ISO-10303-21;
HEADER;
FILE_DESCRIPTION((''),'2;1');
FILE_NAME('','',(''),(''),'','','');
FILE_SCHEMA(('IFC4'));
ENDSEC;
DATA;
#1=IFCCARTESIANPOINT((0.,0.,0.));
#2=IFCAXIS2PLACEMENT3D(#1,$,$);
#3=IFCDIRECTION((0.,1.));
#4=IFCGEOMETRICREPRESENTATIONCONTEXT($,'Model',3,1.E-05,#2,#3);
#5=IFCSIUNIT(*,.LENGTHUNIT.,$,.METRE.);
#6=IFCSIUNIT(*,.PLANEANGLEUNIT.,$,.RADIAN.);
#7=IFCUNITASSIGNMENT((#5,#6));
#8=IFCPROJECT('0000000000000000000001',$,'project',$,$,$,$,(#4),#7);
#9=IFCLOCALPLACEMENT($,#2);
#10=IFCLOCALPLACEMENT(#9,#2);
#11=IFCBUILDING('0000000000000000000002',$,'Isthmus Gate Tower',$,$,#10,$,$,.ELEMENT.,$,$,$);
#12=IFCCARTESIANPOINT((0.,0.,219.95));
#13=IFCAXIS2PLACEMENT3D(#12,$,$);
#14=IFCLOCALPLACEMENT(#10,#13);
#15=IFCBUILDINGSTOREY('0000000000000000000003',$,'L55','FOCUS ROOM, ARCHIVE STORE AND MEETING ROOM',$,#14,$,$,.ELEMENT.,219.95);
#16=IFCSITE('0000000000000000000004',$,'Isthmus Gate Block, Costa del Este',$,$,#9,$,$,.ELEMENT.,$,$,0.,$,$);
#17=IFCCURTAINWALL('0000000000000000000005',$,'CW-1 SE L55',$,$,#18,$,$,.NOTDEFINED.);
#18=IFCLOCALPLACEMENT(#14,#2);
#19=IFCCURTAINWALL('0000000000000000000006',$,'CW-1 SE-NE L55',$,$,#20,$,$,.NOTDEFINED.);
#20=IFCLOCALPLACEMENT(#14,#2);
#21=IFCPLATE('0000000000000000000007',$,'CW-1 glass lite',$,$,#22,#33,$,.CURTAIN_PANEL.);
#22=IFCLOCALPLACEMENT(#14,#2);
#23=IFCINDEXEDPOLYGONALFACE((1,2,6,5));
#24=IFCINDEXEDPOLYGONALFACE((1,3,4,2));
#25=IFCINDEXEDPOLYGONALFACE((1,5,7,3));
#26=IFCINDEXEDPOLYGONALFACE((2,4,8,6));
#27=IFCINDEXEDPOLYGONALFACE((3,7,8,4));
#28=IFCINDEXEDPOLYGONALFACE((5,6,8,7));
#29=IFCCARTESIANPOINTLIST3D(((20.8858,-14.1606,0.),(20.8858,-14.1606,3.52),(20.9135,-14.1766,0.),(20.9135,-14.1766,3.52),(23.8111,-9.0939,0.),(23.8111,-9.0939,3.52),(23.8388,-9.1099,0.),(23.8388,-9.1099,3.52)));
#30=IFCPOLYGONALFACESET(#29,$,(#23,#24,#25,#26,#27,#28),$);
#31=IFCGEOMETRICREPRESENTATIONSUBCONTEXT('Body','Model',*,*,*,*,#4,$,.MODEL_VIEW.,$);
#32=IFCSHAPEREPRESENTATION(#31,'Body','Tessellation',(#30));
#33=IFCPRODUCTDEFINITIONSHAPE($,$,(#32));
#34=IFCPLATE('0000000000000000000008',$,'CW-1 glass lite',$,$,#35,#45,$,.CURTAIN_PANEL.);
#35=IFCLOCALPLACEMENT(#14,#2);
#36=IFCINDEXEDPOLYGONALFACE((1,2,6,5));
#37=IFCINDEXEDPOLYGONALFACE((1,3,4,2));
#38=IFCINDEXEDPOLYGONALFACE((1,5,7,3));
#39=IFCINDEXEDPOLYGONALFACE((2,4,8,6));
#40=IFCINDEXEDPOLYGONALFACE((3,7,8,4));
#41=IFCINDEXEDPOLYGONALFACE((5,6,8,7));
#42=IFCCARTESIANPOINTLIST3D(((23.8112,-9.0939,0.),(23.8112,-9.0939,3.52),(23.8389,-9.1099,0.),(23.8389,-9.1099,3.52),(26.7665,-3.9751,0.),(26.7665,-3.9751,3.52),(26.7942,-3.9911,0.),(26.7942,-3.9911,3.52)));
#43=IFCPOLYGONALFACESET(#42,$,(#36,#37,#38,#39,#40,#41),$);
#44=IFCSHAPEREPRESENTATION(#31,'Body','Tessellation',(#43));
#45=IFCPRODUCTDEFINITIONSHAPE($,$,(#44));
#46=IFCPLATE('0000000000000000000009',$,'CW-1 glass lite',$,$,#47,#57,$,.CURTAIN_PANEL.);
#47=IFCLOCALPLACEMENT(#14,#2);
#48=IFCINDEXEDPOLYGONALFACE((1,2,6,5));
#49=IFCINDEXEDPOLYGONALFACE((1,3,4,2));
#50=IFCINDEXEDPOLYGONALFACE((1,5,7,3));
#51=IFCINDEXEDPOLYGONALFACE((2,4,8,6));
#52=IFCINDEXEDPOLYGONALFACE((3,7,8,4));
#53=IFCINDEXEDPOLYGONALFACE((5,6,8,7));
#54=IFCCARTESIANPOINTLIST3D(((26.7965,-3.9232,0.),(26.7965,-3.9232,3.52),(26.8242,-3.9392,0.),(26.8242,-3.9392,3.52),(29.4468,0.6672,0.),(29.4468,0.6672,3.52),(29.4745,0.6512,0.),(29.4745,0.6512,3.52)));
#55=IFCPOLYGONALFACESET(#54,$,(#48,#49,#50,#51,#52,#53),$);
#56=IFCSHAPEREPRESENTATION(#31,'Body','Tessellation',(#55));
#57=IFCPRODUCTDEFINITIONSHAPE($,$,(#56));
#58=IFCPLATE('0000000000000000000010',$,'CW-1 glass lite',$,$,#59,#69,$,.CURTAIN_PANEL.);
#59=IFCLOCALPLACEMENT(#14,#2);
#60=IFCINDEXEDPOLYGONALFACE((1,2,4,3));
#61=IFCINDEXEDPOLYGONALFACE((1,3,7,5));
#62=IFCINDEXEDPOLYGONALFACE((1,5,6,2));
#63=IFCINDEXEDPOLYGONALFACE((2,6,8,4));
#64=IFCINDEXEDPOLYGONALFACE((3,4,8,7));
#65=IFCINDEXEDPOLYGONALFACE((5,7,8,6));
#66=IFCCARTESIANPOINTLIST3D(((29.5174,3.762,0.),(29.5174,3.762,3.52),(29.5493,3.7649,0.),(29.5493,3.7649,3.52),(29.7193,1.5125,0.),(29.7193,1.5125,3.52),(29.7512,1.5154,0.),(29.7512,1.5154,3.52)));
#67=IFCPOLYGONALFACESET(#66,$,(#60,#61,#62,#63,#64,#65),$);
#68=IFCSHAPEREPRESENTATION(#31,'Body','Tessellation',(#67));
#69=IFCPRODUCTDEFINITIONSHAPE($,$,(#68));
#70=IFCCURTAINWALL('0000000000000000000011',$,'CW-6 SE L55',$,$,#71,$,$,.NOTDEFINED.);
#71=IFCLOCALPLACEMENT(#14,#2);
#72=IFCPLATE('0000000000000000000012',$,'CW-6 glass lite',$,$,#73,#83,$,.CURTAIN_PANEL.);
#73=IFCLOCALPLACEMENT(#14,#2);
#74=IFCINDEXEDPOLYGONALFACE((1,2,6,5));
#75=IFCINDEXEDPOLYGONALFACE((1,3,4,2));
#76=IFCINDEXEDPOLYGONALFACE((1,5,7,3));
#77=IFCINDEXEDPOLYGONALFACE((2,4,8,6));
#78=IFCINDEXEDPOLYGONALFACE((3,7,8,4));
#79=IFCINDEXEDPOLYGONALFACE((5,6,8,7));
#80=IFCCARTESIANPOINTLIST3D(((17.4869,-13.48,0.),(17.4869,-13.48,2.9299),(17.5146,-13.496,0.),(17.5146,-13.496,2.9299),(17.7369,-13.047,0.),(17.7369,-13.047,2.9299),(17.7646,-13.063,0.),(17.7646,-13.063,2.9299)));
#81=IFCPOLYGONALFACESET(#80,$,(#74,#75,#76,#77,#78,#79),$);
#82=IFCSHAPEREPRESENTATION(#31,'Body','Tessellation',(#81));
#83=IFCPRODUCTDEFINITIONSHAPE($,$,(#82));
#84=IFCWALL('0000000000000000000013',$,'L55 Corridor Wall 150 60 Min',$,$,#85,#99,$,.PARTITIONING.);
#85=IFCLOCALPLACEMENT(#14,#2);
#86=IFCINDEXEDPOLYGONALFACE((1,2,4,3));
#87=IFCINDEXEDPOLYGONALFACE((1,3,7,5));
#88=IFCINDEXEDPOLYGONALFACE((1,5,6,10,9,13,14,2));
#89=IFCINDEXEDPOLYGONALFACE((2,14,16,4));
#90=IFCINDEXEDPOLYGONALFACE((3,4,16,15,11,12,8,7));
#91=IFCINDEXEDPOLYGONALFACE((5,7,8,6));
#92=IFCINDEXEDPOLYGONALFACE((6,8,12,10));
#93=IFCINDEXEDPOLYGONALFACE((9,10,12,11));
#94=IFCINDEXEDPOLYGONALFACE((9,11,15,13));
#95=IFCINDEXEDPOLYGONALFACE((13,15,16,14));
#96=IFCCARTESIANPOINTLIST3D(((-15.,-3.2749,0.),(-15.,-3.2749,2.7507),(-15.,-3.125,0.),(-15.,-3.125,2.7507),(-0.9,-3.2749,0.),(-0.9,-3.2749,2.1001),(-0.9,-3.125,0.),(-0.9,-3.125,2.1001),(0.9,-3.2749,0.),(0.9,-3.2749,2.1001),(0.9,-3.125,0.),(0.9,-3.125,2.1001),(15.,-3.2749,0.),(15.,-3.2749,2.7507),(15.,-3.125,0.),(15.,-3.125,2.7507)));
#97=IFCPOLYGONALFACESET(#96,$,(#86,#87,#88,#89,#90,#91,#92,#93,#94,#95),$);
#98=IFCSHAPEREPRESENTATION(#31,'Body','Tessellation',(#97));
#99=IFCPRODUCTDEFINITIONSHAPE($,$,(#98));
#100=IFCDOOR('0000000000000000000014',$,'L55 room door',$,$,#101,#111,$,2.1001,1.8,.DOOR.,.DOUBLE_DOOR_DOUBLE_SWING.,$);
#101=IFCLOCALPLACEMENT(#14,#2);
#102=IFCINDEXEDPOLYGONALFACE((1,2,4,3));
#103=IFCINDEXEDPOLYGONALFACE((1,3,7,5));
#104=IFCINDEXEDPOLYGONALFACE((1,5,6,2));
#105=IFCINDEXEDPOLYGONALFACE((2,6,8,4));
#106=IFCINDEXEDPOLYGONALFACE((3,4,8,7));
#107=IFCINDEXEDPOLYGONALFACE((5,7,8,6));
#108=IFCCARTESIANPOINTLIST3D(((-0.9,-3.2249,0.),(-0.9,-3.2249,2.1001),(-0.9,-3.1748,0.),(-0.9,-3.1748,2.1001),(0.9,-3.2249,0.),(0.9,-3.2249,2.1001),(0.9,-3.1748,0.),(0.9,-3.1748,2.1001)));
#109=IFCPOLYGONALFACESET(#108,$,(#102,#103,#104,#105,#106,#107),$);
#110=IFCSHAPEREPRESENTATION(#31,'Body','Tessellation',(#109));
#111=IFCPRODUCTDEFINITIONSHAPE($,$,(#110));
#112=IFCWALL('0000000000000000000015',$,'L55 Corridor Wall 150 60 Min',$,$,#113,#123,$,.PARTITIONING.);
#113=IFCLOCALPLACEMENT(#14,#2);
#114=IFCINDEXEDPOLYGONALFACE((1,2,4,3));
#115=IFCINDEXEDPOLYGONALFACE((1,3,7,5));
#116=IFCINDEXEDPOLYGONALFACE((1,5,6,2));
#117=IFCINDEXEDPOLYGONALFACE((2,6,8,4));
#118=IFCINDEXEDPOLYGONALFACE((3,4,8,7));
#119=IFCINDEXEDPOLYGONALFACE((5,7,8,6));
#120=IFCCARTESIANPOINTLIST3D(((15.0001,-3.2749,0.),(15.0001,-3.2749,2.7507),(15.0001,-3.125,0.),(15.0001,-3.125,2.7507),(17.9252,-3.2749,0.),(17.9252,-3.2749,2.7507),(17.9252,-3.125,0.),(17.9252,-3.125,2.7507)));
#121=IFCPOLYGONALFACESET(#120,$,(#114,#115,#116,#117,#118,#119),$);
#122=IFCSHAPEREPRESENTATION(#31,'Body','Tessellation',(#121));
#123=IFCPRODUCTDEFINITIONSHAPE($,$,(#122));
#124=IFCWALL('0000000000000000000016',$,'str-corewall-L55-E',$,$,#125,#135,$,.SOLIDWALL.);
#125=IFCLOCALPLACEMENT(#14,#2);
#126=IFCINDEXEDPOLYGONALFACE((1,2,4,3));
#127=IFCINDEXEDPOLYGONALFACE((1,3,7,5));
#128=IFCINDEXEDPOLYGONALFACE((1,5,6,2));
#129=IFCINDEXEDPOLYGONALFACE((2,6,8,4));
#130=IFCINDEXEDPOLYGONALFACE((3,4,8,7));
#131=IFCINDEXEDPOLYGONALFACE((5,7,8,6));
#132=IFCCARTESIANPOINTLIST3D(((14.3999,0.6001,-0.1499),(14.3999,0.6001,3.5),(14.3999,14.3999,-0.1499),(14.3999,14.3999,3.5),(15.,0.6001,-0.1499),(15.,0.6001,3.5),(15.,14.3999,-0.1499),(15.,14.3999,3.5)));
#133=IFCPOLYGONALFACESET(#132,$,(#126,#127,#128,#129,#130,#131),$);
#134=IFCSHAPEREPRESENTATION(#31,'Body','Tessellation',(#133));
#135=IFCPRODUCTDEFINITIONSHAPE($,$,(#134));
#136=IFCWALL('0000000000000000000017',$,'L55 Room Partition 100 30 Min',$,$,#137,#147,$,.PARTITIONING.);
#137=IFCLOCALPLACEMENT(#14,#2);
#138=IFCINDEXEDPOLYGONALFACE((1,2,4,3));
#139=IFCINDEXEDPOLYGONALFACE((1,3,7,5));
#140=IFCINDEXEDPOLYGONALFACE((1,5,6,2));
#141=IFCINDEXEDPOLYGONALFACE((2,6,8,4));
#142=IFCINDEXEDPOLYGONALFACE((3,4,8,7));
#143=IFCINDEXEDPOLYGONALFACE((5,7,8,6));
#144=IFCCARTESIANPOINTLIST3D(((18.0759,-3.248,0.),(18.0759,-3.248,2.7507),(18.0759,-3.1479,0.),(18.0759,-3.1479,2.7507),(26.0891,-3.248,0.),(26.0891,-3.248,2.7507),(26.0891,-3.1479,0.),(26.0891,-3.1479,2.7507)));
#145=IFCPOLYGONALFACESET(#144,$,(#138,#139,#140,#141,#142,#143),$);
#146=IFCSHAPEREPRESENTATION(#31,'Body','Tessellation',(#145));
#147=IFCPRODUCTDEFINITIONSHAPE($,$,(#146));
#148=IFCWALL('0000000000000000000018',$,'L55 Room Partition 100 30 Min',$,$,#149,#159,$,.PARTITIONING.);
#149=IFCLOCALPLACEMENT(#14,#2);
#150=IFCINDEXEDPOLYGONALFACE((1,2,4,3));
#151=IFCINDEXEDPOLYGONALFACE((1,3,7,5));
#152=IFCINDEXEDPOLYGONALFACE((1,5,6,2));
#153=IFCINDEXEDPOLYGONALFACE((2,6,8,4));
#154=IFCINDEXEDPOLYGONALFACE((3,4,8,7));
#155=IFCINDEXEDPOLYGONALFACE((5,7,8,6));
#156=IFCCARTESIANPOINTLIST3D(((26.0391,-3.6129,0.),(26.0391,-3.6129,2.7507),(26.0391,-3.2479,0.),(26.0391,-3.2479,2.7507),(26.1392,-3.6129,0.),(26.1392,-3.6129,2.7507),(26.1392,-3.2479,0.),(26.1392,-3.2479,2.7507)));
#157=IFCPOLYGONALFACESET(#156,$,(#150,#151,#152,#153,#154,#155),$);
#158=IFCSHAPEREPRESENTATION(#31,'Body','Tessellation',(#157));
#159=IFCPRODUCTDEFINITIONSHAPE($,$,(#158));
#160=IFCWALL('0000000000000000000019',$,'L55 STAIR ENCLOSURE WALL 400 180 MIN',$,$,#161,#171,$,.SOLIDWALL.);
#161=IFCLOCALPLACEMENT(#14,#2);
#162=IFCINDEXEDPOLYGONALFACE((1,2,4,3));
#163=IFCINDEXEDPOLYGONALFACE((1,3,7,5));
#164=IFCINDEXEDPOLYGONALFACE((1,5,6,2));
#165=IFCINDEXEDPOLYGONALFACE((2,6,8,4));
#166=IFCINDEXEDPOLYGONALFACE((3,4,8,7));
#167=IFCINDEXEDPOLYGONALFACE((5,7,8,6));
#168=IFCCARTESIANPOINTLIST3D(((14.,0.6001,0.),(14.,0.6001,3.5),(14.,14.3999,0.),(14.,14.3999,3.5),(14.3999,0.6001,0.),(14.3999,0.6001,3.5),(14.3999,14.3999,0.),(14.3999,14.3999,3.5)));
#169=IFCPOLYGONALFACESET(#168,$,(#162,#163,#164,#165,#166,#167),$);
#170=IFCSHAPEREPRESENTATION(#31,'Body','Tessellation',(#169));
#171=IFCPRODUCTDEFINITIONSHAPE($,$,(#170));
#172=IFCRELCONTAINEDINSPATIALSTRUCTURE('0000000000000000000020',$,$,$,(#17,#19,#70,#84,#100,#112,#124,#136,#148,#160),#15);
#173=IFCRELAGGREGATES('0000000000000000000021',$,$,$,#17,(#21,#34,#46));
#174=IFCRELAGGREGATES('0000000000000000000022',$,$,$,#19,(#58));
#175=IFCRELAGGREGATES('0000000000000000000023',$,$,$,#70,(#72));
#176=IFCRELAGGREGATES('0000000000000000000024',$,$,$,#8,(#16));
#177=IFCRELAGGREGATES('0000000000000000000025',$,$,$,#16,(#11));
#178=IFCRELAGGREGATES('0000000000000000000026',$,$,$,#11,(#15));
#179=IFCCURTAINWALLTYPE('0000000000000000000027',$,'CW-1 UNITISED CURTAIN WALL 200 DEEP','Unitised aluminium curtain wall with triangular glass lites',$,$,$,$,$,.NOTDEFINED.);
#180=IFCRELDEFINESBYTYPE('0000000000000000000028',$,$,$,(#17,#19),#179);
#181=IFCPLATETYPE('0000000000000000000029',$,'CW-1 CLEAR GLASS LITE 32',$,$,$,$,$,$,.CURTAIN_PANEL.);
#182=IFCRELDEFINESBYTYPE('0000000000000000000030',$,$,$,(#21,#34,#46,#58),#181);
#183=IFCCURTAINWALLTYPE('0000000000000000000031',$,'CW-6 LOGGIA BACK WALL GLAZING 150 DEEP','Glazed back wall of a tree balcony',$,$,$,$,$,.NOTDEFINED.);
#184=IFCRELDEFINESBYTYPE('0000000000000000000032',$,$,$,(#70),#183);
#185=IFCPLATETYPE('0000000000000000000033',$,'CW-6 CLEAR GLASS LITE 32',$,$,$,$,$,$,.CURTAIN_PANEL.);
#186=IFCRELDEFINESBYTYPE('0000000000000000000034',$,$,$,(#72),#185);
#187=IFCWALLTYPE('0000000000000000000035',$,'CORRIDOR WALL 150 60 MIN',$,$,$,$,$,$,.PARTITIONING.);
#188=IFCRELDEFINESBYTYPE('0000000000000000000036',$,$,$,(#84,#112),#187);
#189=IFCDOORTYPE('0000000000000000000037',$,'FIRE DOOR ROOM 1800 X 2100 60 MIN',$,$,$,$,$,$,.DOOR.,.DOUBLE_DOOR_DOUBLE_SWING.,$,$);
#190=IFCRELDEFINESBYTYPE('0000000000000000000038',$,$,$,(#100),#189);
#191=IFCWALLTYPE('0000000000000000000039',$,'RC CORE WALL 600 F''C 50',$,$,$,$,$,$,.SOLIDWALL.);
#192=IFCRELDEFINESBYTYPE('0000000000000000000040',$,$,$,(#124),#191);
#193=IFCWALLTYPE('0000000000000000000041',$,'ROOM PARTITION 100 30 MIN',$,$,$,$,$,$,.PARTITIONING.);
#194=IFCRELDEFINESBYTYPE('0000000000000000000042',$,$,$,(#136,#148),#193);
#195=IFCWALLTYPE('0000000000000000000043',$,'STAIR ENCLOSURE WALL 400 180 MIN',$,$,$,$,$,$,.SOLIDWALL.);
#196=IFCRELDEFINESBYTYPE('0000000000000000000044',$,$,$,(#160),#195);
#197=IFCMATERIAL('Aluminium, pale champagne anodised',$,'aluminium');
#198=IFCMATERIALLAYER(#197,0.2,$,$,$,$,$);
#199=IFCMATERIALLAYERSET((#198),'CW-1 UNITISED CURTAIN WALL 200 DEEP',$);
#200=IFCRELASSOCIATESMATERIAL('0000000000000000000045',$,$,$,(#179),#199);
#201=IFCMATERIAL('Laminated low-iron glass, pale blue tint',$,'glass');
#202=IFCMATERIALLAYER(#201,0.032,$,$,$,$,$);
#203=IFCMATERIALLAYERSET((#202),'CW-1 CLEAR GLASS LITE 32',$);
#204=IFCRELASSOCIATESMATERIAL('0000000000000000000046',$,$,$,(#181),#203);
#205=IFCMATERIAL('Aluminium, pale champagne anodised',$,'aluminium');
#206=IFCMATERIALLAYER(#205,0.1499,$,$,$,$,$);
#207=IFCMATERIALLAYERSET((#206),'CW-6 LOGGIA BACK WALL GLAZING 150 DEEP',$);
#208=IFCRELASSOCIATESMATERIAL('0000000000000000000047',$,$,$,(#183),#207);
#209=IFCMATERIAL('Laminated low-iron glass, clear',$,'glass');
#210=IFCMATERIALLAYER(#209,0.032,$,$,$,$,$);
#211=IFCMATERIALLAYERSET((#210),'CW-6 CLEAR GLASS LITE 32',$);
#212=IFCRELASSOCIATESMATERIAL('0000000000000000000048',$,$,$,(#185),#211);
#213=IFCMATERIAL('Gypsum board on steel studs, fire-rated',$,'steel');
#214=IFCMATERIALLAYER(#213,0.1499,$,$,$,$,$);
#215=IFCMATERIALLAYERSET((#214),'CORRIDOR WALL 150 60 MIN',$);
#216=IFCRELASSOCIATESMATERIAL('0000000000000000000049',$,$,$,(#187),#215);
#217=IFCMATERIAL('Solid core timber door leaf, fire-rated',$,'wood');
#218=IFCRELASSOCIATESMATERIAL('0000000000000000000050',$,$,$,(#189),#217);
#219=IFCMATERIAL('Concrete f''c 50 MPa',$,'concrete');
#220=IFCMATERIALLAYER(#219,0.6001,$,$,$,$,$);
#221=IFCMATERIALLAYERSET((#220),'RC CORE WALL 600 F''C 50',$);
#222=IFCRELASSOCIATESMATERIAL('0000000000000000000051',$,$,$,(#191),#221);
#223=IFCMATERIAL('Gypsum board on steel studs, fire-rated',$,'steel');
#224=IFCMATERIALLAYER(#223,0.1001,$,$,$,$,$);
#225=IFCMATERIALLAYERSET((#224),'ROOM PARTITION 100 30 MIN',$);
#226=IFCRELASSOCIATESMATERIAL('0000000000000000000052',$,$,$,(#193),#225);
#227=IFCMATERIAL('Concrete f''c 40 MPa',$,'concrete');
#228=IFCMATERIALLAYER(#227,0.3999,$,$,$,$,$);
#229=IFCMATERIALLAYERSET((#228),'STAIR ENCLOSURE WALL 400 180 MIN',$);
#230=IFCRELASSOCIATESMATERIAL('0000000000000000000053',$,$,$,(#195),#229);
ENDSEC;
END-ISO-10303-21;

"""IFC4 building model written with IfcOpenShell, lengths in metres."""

from ifc_helpers import new_model, si_unit, direction, frame, frame_2d, origin, origin_2d, place, context, subcontext, project, spatial, rectangle, extrude, material, layer, layer_set, type_object, element, fill, aggregate, save


model = new_model("IFC4")

# Units and contexts
model_context = context("Model", 3, precision=1e-05, world=origin(), true_north=direction((0.0, 1.0)))
body_context = subcontext(model_context, "Body", "Model", "MODEL_VIEW")
ifc_project = project(units=[si_unit("LENGTHUNIT", "METRE"), si_unit("PLANEANGLEUNIT", "RADIAN")], contexts=[model_context])

# Site, building, storey
site_placement = place(None, origin())
site = spatial("IfcSite", under=ifc_project, at=site_placement, Name="Isthmus Gate Block, Costa del Este", CompositionType="ELEMENT", RefElevation=0.0)
building_placement = place(site_placement, origin())
building = spatial("IfcBuilding", under=site, at=building_placement, Name="Isthmus Gate Tower", CompositionType="ELEMENT")
storey_placement = place(building_placement, frame((0.0, 0.0, 219.95)))
storey = spatial("IfcBuildingStorey", under=building, at=storey_placement, Name="L55", Description="FOCUS ROOM, ARCHIVE STORE AND MEETING ROOM", CompositionType="ELEMENT", Elevation=219.95)

# Curtain walls
ifc_material_1 = material(Name="Aluminium, pale champagne anodised", Category="aluminium")
ifc_layer_1 = layer(ifc_material_1, 0.2)
ifc_layer_set_1 = layer_set([ifc_layer_1], Name="CW-1 UNITISED CURTAIN WALL 200 DEEP")
curtain_wall_type_1 = type_object("IfcCurtainWallType", Name="CW-1 UNITISED CURTAIN WALL 200 DEEP", Description="Unitised aluminium curtain wall with triangular glass lites", PredefinedType="NOTDEFINED", material=ifc_layer_set_1)
curtain_wall_1_placement = place(storey_placement, origin())
curtain_wall_1 = element("IfcCurtainWall", 1, at=curtain_wall_1_placement, inside=storey, type_object=curtain_wall_type_1, Name="CW-1 SE L55", PredefinedType="NOTDEFINED")
curtain_wall_2_placement = place(storey_placement, origin())
curtain_wall_2 = element("IfcCurtainWall", 2, at=curtain_wall_2_placement, inside=storey, type_object=curtain_wall_type_1, Name="CW-1 SE-NE L55", PredefinedType="NOTDEFINED")

# Plates
ifc_material_2 = material(Name="Laminated low-iron glass, pale blue tint", Category="glass")
ifc_layer_2 = layer(ifc_material_2, 0.032)
ifc_layer_set_2 = layer_set([ifc_layer_2], Name="CW-1 CLEAR GLASS LITE 32")
plate_type_1 = type_object("IfcPlateType", Name="CW-1 CLEAR GLASS LITE 32", PredefinedType="CURTAIN_PANEL", material=ifc_layer_set_2)
plate_1_placement = place(storey_placement, frame((22.3623, -11.6353, 0.0), z_axis=(0.0, 0.0, 1.0), x_axis=(0.5, 0.866025, 0.0)))
plate_1 = element("IfcPlate", 3, at=plate_1_placement, type_object=plate_type_1, Name="CW-1 glass lite", PredefinedType="CURTAIN_PANEL", context=body_context, shape_type="SweptSolid", body=[
    extrude(rectangle(XDim=5.8506, YDim=0.032, at=origin_2d()), origin(), (0.0, 0.0, 1.0), 3.52),
])
plate_2_placement = place(storey_placement, frame((25.3027, -6.5425, 0.0), z_axis=(0.0, 0.0, 1.0), x_axis=(0.5, 0.866025, 0.0)))
plate_2 = element("IfcPlate", 4, at=plate_2_placement, type_object=plate_type_1, Name="CW-1 glass lite", PredefinedType="CURTAIN_PANEL", context=body_context, shape_type="SweptSolid", body=[
    extrude(rectangle(XDim=5.9106, YDim=0.032, at=origin_2d()), origin(), (0.0, 0.0, 1.0), 3.52),
])
plate_3_placement = place(storey_placement, frame((28.1355, -1.636, 0.0), z_axis=(0.0, 0.0, 1.0), x_axis=(0.5, 0.866025, 0.0)))
plate_3 = element("IfcPlate", 5, at=plate_3_placement, type_object=plate_type_1, Name="CW-1 glass lite", PredefinedType="CURTAIN_PANEL", context=body_context, shape_type="SweptSolid", body=[
    extrude(rectangle(XDim=5.3005, YDim=0.032, at=origin_2d()), origin(), (0.0, 0.0, 1.0), 3.52),
])
aggregate(curtain_wall_1, [plate_1, plate_2, plate_3])
plate_4_placement = place(storey_placement, frame((29.6343, 2.6387, 0.0), z_axis=(0.0, 0.0, 1.0), x_axis=(-0.089397, 0.995996, 0.0)))
plate_4 = element("IfcPlate", 6, at=plate_4_placement, type_object=plate_type_1, Name="CW-1 glass lite", PredefinedType="CURTAIN_PANEL", context=body_context, shape_type="SweptSolid", body=[
    extrude(rectangle(XDim=2.2585, YDim=0.032, at=origin_2d()), origin(), (0.0, 0.0, 1.0), 3.52),
])
aggregate(curtain_wall_2, [plate_4])

# Curtain wall, plate
ifc_material_3 = material(Name="Aluminium, pale champagne anodised", Category="aluminium")
ifc_layer_3 = layer(ifc_material_3, 0.1499)
ifc_layer_set_3 = layer_set([ifc_layer_3], Name="CW-6 LOGGIA BACK WALL GLAZING 150 DEEP")
curtain_wall_type_2 = type_object("IfcCurtainWallType", Name="CW-6 LOGGIA BACK WALL GLAZING 150 DEEP", Description="Glazed back wall of a tree balcony", PredefinedType="NOTDEFINED", material=ifc_layer_set_3)
curtain_wall_3_placement = place(storey_placement, origin())
curtain_wall_3 = element("IfcCurtainWall", 7, at=curtain_wall_3_placement, inside=storey, type_object=curtain_wall_type_2, Name="CW-6 SE L55", PredefinedType="NOTDEFINED")
ifc_material_4 = material(Name="Laminated low-iron glass, clear", Category="glass")
ifc_layer_4 = layer(ifc_material_4, 0.032)
ifc_layer_set_4 = layer_set([ifc_layer_4], Name="CW-6 CLEAR GLASS LITE 32")
plate_type_2 = type_object("IfcPlateType", Name="CW-6 CLEAR GLASS LITE 32", PredefinedType="CURTAIN_PANEL", material=ifc_layer_set_4)
plate_5_placement = place(storey_placement, frame((17.6257, -13.2715, 0.0), z_axis=(0.0, 0.0, 1.0), x_axis=(0.5, 0.866025, 0.0)))
plate_5 = element("IfcPlate", 8, at=plate_5_placement, type_object=plate_type_2, Name="CW-6 glass lite", PredefinedType="CURTAIN_PANEL", context=body_context, shape_type="SweptSolid", body=[
    extrude(rectangle(XDim=0.5, YDim=0.032, at=origin_2d()), origin(), (0.0, 0.0, 1.0), 2.9299),
])
aggregate(curtain_wall_3, [plate_5])

# Wall, opening, door
ifc_material_5 = material(Name="Gypsum board on steel studs, fire-rated", Category="steel")
ifc_layer_5 = layer(ifc_material_5, 0.1499)
ifc_layer_set_5 = layer_set([ifc_layer_5], Name="CORRIDOR WALL 150 60 MIN")
wall_type_1 = type_object("IfcWallType", Name="CORRIDOR WALL 150 60 MIN", PredefinedType="PARTITIONING", material=ifc_layer_set_5)
wall_1_placement = place(storey_placement, frame((15.0, -3.2, 0.0), z_axis=(0.0, 0.0, 1.0), x_axis=(-1.0, 0.0, 0.0)))
wall_1 = element("IfcWall", 9, at=wall_1_placement, inside=storey, type_object=wall_type_1, Name="L55 Corridor Wall 150 60 Min", PredefinedType="PARTITIONING", context=body_context, shape_type="SweptSolid", body=[
    extrude(rectangle(XDim=30.0, YDim=0.1499, at=frame_2d((15.0, 0.0))), origin(), (0.0, 0.0, 1.0), 2.7507),
])
opening_placement = place(wall_1_placement, frame((14.1001, 0.0, 0.0)))
opening = element("IfcOpeningElement", 10, at=opening_placement, cuts=wall_1, PredefinedType="OPENING", context=body_context, shape_type="SweptSolid", body=[
    extrude(rectangle(XDim=1.8, YDim=2.1001, at=frame_2d((0.8999, 1.05))), frame((0.0, 0.085, 0.0), z_axis=(0.0, -1.0, 0.0), x_axis=(1.0, 0.0, 0.0)), (0.0, 0.0, 1.0), 0.1699),
])
ifc_material_6 = material(Name="Solid core timber door leaf, fire-rated", Category="wood")
door_type = type_object("IfcDoorType", Name="FIRE DOOR ROOM 1800 X 2100 60 MIN", OperationType="DOUBLE_DOOR_DOUBLE_SWING", PredefinedType="DOOR", material=ifc_material_6)
door_placement = place(opening_placement, origin())
door = element("IfcDoor", 11, at=door_placement, inside=storey, type_object=door_type, Name="L55 room door", OperationType="DOUBLE_DOOR_DOUBLE_SWING", OverallHeight=2.1001, OverallWidth=1.8, PredefinedType="DOOR", context=body_context, shape_type="SweptSolid", body=[
    extrude(rectangle(XDim=1.8, YDim=2.1001, at=frame_2d((0.8999, 1.05))), frame((0.0, 0.0249, 0.0), z_axis=(0.0, -1.0, 0.0), x_axis=(1.0, 0.0, 0.0)), (0.0, 0.0, 1.0), 0.05),
])
fill(opening, door)

# Walls
wall_2_placement = place(storey_placement, frame((17.925, -3.2, 0.0), z_axis=(0.0, 0.0, 1.0), x_axis=(-1.0, 0.0, 0.0)))
element("IfcWall", 12, at=wall_2_placement, inside=storey, type_object=wall_type_1, Name="L55 Corridor Wall 150 60 Min", PredefinedType="PARTITIONING", context=body_context, shape_type="SweptSolid", body=[
    extrude(rectangle(XDim=2.925, YDim=0.1499, at=frame_2d((1.4624, 0.0))), origin(), (0.0, 0.0, 1.0), 2.7507),
])
ifc_material_7 = material(Name="Concrete f'c 50 MPa", Category="concrete")
ifc_layer_6 = layer(ifc_material_7, 0.6001)
ifc_layer_set_6 = layer_set([ifc_layer_6], Name="RC CORE WALL 600 F'C 50")
wall_type_2 = type_object("IfcWallType", Name="RC CORE WALL 600 F'C 50", PredefinedType="SOLIDWALL", material=ifc_layer_set_6)
wall_3_placement = place(storey_placement, frame((14.7, 0.6001, -0.1499), z_axis=(0.0, 0.0, 1.0), x_axis=(0.0, 1.0, 0.0)))
element("IfcWall", 13, at=wall_3_placement, inside=storey, type_object=wall_type_2, Name="str-corewall-L55-E", PredefinedType="SOLIDWALL", context=body_context, shape_type="SweptSolid", body=[
    extrude(rectangle(XDim=13.7998, YDim=0.6001, at=frame_2d((6.8999, 0.0))), origin(), (0.0, 0.0, 1.0), 3.6499),
])
ifc_material_8 = material(Name="Gypsum board on steel studs, fire-rated", Category="steel")
ifc_layer_7 = layer(ifc_material_8, 0.1001)
ifc_layer_set_7 = layer_set([ifc_layer_7], Name="ROOM PARTITION 100 30 MIN")
wall_type_3 = type_object("IfcWallType", Name="ROOM PARTITION 100 30 MIN", PredefinedType="PARTITIONING", material=ifc_layer_set_7)
wall_4_placement = place(storey_placement, frame((18.0759, -3.198, 0.0), z_axis=(0.0, 0.0, 1.0), x_axis=(1.0, 0.0, 0.0)))
element("IfcWall", 14, at=wall_4_placement, inside=storey, type_object=wall_type_3, Name="L55 Room Partition 100 30 Min", PredefinedType="PARTITIONING", context=body_context, shape_type="SweptSolid", body=[
    extrude(rectangle(XDim=8.0132, YDim=0.1001, at=frame_2d((4.0066, 0.0))), origin(), (0.0, 0.0, 1.0), 2.7507),
])
wall_5_placement = place(storey_placement, frame((26.0891, -3.613, 0.0), z_axis=(0.0, 0.0, 1.0), x_axis=(0.0, 1.0, 0.0)))
element("IfcWall", 15, at=wall_5_placement, inside=storey, type_object=wall_type_3, Name="L55 Room Partition 100 30 Min", PredefinedType="PARTITIONING", context=body_context, shape_type="SweptSolid", body=[
    extrude(rectangle(XDim=0.365, YDim=0.1001, at=frame_2d((0.1826, 0.0))), origin(), (0.0, 0.0, 1.0), 2.7507),
])
ifc_material_9 = material(Name="Concrete f'c 40 MPa", Category="concrete")
ifc_layer_8 = layer(ifc_material_9, 0.3999)
ifc_layer_set_8 = layer_set([ifc_layer_8], Name="STAIR ENCLOSURE WALL 400 180 MIN")
wall_type_4 = type_object("IfcWallType", Name="STAIR ENCLOSURE WALL 400 180 MIN", PredefinedType="SOLIDWALL", material=ifc_layer_set_8)
wall_6_placement = place(storey_placement, frame((14.2, 0.6001, 0.0), z_axis=(0.0, 0.0, 1.0), x_axis=(0.0, 1.0, 0.0)))
element("IfcWall", 16, at=wall_6_placement, inside=storey, type_object=wall_type_4, Name="L55 STAIR ENCLOSURE WALL 400 180 MIN", PredefinedType="SOLIDWALL", context=body_context, shape_type="SweptSolid", body=[
    extrude(rectangle(XDim=13.7998, YDim=0.3999, at=frame_2d((6.8999, 0.0))), origin(), (0.0, 0.0, 1.0), 3.5),
])

save(model, "model.ifc")
